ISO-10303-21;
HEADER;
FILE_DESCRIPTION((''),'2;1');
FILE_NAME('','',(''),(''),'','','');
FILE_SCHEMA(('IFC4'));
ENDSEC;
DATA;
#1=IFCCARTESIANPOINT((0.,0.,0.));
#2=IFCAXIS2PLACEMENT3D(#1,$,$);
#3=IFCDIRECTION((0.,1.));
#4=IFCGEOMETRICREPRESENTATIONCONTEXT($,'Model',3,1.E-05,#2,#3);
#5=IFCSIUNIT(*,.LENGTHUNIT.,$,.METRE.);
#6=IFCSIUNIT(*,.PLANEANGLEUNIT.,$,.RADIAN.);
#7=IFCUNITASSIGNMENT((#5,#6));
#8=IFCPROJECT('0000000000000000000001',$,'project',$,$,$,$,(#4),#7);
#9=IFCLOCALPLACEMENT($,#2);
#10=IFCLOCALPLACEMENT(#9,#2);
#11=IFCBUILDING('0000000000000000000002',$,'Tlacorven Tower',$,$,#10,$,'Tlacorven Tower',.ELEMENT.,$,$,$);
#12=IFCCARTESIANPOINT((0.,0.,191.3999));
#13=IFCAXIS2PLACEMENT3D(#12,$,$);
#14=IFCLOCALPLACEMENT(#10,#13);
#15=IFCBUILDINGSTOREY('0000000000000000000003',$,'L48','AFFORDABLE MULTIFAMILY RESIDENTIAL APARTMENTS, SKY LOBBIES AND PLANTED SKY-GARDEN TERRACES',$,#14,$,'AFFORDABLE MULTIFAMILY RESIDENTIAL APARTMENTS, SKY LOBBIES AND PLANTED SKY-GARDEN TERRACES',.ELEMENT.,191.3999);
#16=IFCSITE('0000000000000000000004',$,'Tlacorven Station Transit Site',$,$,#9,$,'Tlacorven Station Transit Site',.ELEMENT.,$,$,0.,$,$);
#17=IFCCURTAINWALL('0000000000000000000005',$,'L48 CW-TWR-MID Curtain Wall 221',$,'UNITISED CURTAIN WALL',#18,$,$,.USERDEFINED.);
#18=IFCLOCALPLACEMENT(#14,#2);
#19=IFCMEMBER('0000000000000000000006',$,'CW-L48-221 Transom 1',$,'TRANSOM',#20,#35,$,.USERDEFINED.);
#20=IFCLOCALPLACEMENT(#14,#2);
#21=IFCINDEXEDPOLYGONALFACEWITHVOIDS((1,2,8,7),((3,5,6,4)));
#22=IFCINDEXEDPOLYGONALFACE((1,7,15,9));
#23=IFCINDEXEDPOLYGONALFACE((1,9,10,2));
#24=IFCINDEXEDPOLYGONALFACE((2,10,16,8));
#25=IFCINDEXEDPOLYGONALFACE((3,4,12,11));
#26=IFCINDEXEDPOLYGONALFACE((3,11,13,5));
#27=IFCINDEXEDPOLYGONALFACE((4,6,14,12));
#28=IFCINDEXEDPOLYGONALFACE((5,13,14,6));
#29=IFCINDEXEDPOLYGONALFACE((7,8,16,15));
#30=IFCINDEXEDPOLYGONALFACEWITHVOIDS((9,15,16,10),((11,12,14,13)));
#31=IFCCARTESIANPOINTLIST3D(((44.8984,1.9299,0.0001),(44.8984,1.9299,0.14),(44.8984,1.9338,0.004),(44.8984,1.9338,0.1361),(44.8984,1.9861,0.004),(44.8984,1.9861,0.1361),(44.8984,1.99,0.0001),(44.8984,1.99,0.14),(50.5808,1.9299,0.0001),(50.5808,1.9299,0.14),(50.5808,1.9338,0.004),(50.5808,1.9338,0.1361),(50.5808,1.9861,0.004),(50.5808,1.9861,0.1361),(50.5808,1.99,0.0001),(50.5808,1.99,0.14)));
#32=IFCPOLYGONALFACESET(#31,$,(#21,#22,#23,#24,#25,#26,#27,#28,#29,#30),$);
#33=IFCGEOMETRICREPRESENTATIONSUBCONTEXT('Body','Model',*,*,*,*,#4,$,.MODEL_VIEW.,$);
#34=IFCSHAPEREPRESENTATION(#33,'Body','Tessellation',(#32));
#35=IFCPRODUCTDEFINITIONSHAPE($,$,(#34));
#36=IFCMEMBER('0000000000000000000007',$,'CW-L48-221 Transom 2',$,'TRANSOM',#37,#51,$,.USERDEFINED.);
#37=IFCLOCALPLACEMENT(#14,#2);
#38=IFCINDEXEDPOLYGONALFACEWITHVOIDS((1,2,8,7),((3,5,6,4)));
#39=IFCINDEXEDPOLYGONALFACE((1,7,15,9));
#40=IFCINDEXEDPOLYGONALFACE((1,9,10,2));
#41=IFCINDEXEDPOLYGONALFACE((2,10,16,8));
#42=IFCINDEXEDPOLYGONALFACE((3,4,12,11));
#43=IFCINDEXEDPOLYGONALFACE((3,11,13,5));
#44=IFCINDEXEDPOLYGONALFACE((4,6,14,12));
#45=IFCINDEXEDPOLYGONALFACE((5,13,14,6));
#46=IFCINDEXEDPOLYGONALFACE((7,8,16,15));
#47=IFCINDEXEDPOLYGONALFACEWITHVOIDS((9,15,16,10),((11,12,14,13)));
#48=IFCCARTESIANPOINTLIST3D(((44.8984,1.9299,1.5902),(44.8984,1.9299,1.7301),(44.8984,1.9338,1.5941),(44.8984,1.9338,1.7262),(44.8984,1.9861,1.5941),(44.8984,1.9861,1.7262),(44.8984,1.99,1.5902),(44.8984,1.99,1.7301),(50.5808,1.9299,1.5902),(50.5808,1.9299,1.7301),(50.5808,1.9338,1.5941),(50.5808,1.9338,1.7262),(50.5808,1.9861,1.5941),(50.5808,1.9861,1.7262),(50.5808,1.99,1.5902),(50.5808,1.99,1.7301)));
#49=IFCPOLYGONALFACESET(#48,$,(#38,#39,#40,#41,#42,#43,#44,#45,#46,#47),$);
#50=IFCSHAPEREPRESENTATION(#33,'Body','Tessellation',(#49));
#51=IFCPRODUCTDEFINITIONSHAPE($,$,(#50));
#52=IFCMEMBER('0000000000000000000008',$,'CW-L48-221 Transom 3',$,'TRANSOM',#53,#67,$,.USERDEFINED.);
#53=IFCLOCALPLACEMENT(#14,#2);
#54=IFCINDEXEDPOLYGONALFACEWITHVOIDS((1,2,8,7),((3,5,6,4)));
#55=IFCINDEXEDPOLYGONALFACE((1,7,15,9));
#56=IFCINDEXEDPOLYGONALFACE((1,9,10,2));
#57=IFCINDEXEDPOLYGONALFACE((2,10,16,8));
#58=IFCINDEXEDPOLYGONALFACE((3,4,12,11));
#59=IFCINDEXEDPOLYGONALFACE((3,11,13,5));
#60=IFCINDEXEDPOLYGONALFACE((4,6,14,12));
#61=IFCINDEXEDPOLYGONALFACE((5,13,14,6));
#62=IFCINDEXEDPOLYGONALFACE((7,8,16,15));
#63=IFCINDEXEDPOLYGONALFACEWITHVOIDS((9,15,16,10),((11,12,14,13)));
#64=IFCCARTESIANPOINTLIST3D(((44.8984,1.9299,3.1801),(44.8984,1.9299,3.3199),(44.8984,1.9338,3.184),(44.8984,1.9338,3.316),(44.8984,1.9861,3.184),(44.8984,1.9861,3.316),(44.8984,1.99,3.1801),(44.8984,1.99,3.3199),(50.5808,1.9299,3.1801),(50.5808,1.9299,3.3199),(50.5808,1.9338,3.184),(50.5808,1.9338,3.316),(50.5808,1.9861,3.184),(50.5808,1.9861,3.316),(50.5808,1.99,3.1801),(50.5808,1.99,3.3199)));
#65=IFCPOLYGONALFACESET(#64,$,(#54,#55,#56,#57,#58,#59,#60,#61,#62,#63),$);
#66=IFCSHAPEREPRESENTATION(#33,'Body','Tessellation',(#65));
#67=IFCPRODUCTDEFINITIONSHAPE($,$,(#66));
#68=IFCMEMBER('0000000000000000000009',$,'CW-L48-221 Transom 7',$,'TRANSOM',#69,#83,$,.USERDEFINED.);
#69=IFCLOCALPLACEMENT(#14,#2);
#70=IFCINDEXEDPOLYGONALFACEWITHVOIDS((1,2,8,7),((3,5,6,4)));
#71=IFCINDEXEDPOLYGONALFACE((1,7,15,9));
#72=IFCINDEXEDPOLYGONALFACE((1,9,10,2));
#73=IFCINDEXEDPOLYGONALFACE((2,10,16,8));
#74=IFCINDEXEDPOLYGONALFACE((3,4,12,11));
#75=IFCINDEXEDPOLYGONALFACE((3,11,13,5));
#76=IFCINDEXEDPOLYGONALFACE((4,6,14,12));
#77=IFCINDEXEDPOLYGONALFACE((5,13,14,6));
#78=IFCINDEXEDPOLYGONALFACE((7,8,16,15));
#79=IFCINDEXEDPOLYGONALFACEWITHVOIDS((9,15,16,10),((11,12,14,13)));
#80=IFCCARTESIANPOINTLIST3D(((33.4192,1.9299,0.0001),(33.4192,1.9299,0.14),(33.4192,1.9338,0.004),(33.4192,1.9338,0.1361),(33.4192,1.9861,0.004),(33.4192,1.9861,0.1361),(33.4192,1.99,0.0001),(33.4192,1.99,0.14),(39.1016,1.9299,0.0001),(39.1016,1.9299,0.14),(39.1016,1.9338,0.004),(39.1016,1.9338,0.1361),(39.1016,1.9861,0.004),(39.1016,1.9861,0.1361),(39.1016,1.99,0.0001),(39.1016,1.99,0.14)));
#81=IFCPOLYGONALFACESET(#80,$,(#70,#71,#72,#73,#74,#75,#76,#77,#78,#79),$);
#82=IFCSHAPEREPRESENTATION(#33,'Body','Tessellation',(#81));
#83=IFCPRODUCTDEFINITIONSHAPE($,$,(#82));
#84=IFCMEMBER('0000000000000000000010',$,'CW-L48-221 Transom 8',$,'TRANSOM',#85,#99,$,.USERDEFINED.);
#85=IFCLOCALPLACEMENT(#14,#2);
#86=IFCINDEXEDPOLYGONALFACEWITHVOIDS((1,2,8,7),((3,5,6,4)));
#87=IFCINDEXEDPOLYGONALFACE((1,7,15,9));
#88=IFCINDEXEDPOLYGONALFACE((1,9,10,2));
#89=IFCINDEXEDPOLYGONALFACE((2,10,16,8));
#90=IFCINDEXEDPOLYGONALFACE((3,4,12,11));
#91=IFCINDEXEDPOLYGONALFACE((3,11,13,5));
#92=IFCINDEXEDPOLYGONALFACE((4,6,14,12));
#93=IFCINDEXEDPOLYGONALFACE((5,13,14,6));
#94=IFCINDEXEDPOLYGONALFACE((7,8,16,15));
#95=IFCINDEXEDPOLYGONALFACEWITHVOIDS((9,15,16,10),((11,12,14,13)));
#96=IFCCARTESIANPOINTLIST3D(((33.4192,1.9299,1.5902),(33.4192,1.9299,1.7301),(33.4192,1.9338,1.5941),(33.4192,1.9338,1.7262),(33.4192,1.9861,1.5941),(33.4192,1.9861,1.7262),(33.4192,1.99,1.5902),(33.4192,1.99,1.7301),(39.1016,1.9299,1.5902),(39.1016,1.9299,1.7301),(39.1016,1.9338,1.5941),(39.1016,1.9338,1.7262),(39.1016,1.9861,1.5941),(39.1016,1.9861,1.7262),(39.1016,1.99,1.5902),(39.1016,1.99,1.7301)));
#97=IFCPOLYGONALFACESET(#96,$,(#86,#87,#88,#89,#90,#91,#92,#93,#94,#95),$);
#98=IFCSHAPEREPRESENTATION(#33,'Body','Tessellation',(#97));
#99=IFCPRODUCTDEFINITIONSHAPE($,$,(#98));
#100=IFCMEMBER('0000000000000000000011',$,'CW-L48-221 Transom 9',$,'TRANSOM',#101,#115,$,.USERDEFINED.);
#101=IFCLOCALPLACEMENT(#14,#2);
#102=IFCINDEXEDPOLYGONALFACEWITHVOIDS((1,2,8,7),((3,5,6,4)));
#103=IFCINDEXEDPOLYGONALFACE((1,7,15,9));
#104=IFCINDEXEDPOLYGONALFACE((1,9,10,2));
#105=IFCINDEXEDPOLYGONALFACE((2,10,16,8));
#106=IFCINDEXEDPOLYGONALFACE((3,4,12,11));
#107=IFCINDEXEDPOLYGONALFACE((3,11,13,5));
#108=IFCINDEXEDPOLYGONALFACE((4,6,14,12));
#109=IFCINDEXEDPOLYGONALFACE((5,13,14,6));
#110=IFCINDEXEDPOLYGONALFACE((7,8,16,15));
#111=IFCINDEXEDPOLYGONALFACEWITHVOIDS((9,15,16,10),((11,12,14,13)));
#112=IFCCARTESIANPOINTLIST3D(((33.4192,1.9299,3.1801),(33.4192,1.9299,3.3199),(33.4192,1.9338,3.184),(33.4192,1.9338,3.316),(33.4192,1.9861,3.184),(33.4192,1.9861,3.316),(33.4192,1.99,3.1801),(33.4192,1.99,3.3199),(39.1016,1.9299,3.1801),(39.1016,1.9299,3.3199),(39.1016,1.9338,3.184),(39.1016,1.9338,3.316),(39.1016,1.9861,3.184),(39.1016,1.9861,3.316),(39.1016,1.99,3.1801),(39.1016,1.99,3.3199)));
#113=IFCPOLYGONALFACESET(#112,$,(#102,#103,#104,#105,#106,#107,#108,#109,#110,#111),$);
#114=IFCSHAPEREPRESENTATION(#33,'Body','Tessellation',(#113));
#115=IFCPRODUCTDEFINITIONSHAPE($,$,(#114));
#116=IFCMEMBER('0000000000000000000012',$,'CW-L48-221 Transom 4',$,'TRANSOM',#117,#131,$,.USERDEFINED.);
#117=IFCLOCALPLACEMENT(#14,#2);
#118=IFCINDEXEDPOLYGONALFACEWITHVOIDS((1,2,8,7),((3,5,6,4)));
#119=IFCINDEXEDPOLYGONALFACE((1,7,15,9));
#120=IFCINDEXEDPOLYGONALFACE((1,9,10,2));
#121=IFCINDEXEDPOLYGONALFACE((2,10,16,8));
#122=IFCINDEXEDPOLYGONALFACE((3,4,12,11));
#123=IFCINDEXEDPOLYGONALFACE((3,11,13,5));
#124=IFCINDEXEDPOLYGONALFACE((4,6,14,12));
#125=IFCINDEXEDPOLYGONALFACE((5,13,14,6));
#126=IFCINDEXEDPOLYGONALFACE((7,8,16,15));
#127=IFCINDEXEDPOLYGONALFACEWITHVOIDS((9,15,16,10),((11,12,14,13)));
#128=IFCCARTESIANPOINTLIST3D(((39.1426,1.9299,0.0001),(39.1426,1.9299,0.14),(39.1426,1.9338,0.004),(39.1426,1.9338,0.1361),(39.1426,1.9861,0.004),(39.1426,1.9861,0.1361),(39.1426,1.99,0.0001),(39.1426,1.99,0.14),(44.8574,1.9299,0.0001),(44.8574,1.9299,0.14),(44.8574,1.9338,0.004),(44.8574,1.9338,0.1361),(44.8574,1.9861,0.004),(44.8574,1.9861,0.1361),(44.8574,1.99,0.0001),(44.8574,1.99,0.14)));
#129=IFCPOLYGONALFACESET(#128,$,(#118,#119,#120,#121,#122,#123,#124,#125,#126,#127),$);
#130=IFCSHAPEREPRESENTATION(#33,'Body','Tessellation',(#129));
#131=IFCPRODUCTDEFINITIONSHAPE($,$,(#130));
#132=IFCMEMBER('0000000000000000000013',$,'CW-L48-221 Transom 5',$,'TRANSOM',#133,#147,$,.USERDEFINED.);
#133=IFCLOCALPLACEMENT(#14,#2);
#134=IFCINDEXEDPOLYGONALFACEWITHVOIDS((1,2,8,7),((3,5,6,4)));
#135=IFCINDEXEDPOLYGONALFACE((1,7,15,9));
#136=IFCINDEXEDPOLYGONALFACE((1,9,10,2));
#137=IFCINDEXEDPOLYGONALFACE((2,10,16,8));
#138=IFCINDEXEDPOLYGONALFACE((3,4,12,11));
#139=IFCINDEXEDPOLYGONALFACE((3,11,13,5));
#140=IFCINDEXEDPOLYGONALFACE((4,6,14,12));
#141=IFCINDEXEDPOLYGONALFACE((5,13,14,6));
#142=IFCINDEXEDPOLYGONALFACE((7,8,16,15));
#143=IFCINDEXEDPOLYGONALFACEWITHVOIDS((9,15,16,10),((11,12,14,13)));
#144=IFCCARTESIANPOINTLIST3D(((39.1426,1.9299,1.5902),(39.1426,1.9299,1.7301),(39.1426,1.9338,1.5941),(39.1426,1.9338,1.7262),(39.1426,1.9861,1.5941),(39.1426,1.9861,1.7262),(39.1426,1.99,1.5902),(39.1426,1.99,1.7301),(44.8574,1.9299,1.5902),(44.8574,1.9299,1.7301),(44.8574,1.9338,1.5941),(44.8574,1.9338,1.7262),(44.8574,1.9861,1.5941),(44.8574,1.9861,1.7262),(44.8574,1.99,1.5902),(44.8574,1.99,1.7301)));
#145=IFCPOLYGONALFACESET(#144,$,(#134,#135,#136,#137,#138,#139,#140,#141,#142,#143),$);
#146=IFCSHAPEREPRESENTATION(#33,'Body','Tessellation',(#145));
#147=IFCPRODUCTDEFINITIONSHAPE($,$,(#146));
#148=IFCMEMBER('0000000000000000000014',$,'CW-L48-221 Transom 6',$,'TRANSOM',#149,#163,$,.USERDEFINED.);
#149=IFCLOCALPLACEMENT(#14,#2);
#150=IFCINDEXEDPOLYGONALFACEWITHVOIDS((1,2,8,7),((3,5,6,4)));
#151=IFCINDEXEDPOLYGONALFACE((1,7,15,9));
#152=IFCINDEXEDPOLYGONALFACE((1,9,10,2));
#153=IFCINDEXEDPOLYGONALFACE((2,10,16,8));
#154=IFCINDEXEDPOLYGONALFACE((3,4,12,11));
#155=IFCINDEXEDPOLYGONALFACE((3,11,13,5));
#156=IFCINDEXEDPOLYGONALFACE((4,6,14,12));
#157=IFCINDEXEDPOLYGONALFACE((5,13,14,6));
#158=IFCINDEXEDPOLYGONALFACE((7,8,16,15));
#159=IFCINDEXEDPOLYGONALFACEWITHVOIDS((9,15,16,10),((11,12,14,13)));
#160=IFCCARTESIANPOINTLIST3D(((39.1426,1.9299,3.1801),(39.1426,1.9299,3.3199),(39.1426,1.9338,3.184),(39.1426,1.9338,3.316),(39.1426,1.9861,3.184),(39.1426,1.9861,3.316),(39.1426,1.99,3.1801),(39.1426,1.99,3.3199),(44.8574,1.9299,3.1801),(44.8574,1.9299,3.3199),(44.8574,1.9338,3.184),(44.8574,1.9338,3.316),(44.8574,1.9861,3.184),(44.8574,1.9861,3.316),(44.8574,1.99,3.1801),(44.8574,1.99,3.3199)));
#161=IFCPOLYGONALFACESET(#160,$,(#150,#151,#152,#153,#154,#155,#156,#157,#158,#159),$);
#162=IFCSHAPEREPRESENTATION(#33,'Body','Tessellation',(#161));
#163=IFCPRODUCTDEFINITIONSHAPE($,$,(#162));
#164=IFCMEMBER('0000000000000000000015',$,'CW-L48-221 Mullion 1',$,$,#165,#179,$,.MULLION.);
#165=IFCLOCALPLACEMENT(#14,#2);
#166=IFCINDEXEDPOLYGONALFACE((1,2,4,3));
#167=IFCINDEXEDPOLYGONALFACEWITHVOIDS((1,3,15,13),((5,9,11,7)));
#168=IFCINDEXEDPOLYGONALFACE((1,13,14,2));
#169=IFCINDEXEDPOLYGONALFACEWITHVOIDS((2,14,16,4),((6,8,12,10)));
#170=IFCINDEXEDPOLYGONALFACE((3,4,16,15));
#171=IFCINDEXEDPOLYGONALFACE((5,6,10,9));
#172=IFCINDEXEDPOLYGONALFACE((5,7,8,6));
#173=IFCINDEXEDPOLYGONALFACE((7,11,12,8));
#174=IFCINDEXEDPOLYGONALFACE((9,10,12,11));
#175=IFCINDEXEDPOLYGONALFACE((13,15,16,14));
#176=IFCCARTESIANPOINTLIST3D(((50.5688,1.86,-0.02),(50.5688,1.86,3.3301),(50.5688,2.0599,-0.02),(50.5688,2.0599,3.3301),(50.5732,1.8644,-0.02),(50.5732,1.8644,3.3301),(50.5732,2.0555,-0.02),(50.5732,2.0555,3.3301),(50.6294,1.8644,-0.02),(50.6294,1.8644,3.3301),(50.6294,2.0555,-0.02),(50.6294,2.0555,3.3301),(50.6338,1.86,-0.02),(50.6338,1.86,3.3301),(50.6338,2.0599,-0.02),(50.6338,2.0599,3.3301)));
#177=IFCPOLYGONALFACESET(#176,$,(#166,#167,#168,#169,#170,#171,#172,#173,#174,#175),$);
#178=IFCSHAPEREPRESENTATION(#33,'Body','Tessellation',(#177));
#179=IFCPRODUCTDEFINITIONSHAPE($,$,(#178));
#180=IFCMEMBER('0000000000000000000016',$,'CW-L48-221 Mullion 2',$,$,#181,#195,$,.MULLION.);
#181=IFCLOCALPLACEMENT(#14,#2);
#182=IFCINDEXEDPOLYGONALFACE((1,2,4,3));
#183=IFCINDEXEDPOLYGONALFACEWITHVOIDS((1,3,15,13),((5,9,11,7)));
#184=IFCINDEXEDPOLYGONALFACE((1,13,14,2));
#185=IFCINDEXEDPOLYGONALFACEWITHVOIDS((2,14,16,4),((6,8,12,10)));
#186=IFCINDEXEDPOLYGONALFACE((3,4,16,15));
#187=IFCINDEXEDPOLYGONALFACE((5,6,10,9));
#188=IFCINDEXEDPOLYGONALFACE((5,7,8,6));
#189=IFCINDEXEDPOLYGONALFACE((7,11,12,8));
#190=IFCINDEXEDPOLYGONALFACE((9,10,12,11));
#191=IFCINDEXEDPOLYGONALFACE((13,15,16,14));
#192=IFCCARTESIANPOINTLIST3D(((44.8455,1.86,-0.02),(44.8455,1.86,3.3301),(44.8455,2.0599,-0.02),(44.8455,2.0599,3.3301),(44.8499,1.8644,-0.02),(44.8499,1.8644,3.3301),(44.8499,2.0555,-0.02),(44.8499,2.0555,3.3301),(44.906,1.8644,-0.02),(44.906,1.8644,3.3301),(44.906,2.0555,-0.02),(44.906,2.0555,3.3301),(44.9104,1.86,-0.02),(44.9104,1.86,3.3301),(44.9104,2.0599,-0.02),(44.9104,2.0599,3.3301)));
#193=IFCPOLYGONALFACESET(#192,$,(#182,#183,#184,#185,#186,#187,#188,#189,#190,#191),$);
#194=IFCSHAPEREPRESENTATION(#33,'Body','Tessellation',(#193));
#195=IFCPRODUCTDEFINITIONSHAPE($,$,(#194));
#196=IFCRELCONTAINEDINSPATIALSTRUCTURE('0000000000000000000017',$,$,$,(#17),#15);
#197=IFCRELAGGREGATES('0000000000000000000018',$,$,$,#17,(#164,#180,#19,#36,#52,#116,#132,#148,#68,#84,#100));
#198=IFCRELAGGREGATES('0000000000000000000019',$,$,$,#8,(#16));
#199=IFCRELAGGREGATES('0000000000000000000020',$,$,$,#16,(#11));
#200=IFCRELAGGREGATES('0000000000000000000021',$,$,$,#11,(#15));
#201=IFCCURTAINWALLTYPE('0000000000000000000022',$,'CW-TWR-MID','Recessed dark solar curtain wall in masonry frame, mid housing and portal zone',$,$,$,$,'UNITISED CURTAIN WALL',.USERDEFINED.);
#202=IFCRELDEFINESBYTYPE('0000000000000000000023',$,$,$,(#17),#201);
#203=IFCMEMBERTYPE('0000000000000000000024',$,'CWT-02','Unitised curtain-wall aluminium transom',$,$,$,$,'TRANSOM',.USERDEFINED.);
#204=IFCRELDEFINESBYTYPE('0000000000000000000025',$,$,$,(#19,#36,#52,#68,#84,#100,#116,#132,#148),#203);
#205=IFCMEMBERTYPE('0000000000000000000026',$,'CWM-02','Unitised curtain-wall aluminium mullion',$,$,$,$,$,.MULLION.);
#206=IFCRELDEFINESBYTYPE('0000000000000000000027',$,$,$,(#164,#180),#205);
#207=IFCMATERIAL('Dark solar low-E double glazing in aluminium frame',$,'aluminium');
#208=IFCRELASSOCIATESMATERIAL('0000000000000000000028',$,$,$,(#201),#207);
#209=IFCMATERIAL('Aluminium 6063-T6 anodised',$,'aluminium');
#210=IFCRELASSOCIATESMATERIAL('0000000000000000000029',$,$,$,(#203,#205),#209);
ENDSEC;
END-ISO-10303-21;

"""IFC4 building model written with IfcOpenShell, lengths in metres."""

from ifc_helpers import new_model, si_unit, direction, frame, origin, origin_2d, place, context, subcontext, project, spatial, hollow_rectangle, extrude, source, transform, mapped, material, material_profile, profile_set, type_object, element, aggregate, save


model = new_model("IFC4")

# Units and contexts
model_context = context("Model", 3, precision=1e-05, world=origin(), true_north=direction((0.0, 1.0)))
body_context = subcontext(model_context, "Body", "Model", "MODEL_VIEW")
ifc_project = project(units=[si_unit("LENGTHUNIT", "METRE"), si_unit("PLANEANGLEUNIT", "RADIAN")], contexts=[model_context])

# Site, building, storey
site_placement = place(None, origin())
site = spatial("IfcSite", under=ifc_project, at=site_placement, Name="Tlacorven Station Transit Site", LongName="Tlacorven Station Transit Site", CompositionType="ELEMENT", RefElevation=0.0)
building_placement = place(site_placement, origin())
building = spatial("IfcBuilding", under=site, at=building_placement, Name="Tlacorven Tower", LongName="Tlacorven Tower", CompositionType="ELEMENT")
storey_placement = place(building_placement, frame((0.0, 0.0, 191.3999)))
storey = spatial("IfcBuildingStorey", under=building, at=storey_placement, Name="L48", Description="AFFORDABLE MULTIFAMILY RESIDENTIAL APARTMENTS, SKY LOBBIES AND PLANTED SKY-GARDEN TERRACES", LongName="AFFORDABLE MULTIFAMILY RESIDENTIAL APARTMENTS, SKY LOBBIES AND PLANTED SKY-GARDEN TERRACES", CompositionType="ELEMENT", Elevation=191.3999)

# Curtain wall, members
ifc_material_1 = material(Name="Dark solar low-E double glazing in aluminium frame", Category="aluminium")
curtain_wall_type = type_object("IfcCurtainWallType", Name="CW-TWR-MID", Description="Recessed dark solar curtain wall in masonry frame, mid housing and portal zone", ElementType="UNITISED CURTAIN WALL", PredefinedType="USERDEFINED", material=ifc_material_1)
curtain_wall_placement = place(storey_placement, origin())
curtain_wall = element("IfcCurtainWall", 1, at=curtain_wall_placement, inside=storey, type_object=curtain_wall_type, Name="L48 CW-TWR-MID Curtain Wall 221", ObjectType="UNITISED CURTAIN WALL", PredefinedType="USERDEFINED")
ifc_material_2 = material(Name="Aluminium 6063-T6 anodised", Category="aluminium")
ifc_material_profile_1 = material_profile(ifc_material_2, hollow_rectangle(XDim=0.0601, YDim=0.1399, WallThickness=0.0039, at=origin_2d()), Name="ALU TRANSOM 60X140")
ifc_profile_set_1 = profile_set([ifc_material_profile_1], Name="Aluminium 6063-T6 anodised")
member_type_1 = type_object("IfcMemberType", Name="CWT-02", Description="Unitised curtain-wall aluminium transom", ElementType="TRANSOM", PredefinedType="USERDEFINED", material=ifc_profile_set_1)
shared_shape_1 = source(origin(), body_context, "Body", "SweptSolid", [
    extrude(hollow_rectangle(XDim=0.0601, YDim=0.1399, WallThickness=0.0039, at=origin_2d()), origin(), (0.0, 0.0, 1.0), 5.6824),
])
member_1_placement = place(storey_placement, frame((50.5808, 1.96, 0.0701), z_axis=(-1.0, 0.0, 0.0), x_axis=(0.0, -1.0, 0.0)))
member_1 = element("IfcMember", 2, at=member_1_placement, type_object=member_type_1, Name="CW-L48-221 Transom 1", ObjectType="TRANSOM", PredefinedType="USERDEFINED", context=body_context, shape_type="MappedRepresentation", body=[
    mapped(shared_shape_1, transform((0.0, 0.0, 0.0), scale=1.0)),
])
member_2_placement = place(storey_placement, frame((50.5808, 1.96, 1.6602), z_axis=(-1.0, 0.0, 0.0), x_axis=(0.0, -1.0, 0.0)))
member_2 = element("IfcMember", 3, at=member_2_placement, type_object=member_type_1, Name="CW-L48-221 Transom 2", ObjectType="TRANSOM", PredefinedType="USERDEFINED", context=body_context, shape_type="MappedRepresentation", body=[
    mapped(shared_shape_1, transform((0.0, 0.0, 0.0), scale=1.0)),
])
member_3_placement = place(storey_placement, frame((50.5808, 1.96, 3.25), z_axis=(-1.0, 0.0, 0.0), x_axis=(0.0, -1.0, 0.0)))
member_3 = element("IfcMember", 4, at=member_3_placement, type_object=member_type_1, Name="CW-L48-221 Transom 3", ObjectType="TRANSOM", PredefinedType="USERDEFINED", context=body_context, shape_type="MappedRepresentation", body=[
    mapped(shared_shape_1, transform((0.0, 0.0, 0.0), scale=1.0)),
])
member_4_placement = place(storey_placement, frame((39.1016, 1.96, 0.0701), z_axis=(-1.0, 0.0, 0.0), x_axis=(0.0, -1.0, 0.0)))
member_4 = element("IfcMember", 5, at=member_4_placement, type_object=member_type_1, Name="CW-L48-221 Transom 7", ObjectType="TRANSOM", PredefinedType="USERDEFINED", context=body_context, shape_type="MappedRepresentation", body=[
    mapped(shared_shape_1, transform((0.0, 0.0, 0.0), scale=1.0)),
])
member_5_placement = place(storey_placement, frame((39.1016, 1.96, 1.6602), z_axis=(-1.0, 0.0, 0.0), x_axis=(0.0, -1.0, 0.0)))
member_5 = element("IfcMember", 6, at=member_5_placement, type_object=member_type_1, Name="CW-L48-221 Transom 8", ObjectType="TRANSOM", PredefinedType="USERDEFINED", context=body_context, shape_type="MappedRepresentation", body=[
    mapped(shared_shape_1, transform((0.0, 0.0, 0.0), scale=1.0)),
])
member_6_placement = place(storey_placement, frame((39.1016, 1.96, 3.25), z_axis=(-1.0, 0.0, 0.0), x_axis=(0.0, -1.0, 0.0)))
member_6 = element("IfcMember", 7, at=member_6_placement, type_object=member_type_1, Name="CW-L48-221 Transom 9", ObjectType="TRANSOM", PredefinedType="USERDEFINED", context=body_context, shape_type="MappedRepresentation", body=[
    mapped(shared_shape_1, transform((0.0, 0.0, 0.0), scale=1.0)),
])
shared_shape_2 = source(origin(), body_context, "Body", "SweptSolid", [
    extrude(hollow_rectangle(XDim=0.0601, YDim=0.1399, WallThickness=0.0039, at=origin_2d()), origin(), (0.0, 0.0, 1.0), 5.7148),
])
member_7_placement = place(storey_placement, frame((44.8574, 1.96, 0.0701), z_axis=(-1.0, 0.0, 0.0), x_axis=(0.0, -1.0, 0.0)))
member_7 = element("IfcMember", 8, at=member_7_placement, type_object=member_type_1, Name="CW-L48-221 Transom 4", ObjectType="TRANSOM", PredefinedType="USERDEFINED", context=body_context, shape_type="MappedRepresentation", body=[
    mapped(shared_shape_2, transform((0.0, 0.0, 0.0), scale=1.0)),
])
member_8_placement = place(storey_placement, frame((44.8574, 1.96, 1.6602), z_axis=(-1.0, 0.0, 0.0), x_axis=(0.0, -1.0, 0.0)))
member_8 = element("IfcMember", 9, at=member_8_placement, type_object=member_type_1, Name="CW-L48-221 Transom 5", ObjectType="TRANSOM", PredefinedType="USERDEFINED", context=body_context, shape_type="MappedRepresentation", body=[
    mapped(shared_shape_2, transform((0.0, 0.0, 0.0), scale=1.0)),
])
member_9_placement = place(storey_placement, frame((44.8574, 1.96, 3.25), z_axis=(-1.0, 0.0, 0.0), x_axis=(0.0, -1.0, 0.0)))
member_9 = element("IfcMember", 10, at=member_9_placement, type_object=member_type_1, Name="CW-L48-221 Transom 6", ObjectType="TRANSOM", PredefinedType="USERDEFINED", context=body_context, shape_type="MappedRepresentation", body=[
    mapped(shared_shape_2, transform((0.0, 0.0, 0.0), scale=1.0)),
])
ifc_material_profile_2 = material_profile(ifc_material_2, hollow_rectangle(XDim=0.0649, YDim=0.2, WallThickness=0.0044, at=origin_2d()), Name="ALU MULLION 65X200")
ifc_profile_set_2 = profile_set([ifc_material_profile_2], Name="Aluminium 6063-T6 anodised")
member_type_2 = type_object("IfcMemberType", Name="CWM-02", Description="Unitised curtain-wall aluminium mullion", PredefinedType="MULLION", material=ifc_profile_set_2)
shared_shape_3 = source(origin(), body_context, "Body", "SweptSolid", [
    extrude(hollow_rectangle(XDim=0.0649, YDim=0.2, WallThickness=0.0044, at=origin_2d()), origin(), (0.0, 0.0, 1.0), 3.3501),
])
member_10_placement = place(storey_placement, frame((50.6013, 1.96, -0.02), z_axis=(0.0, 0.0, 1.0), x_axis=(-1.0, 0.0, 0.0)))
member_10 = element("IfcMember", 11, at=member_10_placement, type_object=member_type_2, Name="CW-L48-221 Mullion 1", PredefinedType="MULLION", context=body_context, shape_type="MappedRepresentation", body=[
    mapped(shared_shape_3, transform((0.0, 0.0, 0.0), scale=1.0)),
])
member_11_placement = place(storey_placement, frame((44.8779, 1.96, -0.02), z_axis=(0.0, 0.0, 1.0), x_axis=(-1.0, 0.0, 0.0)))
member_11 = element("IfcMember", 12, at=member_11_placement, type_object=member_type_2, Name="CW-L48-221 Mullion 2", PredefinedType="MULLION", context=body_context, shape_type="MappedRepresentation", body=[
    mapped(shared_shape_3, transform((0.0, 0.0, 0.0), scale=1.0)),
])
aggregate(curtain_wall, [member_10, member_11, member_1, member_2, member_3, member_7, member_8, member_9, member_4, member_5, member_6])

save(model, "model.ifc")
